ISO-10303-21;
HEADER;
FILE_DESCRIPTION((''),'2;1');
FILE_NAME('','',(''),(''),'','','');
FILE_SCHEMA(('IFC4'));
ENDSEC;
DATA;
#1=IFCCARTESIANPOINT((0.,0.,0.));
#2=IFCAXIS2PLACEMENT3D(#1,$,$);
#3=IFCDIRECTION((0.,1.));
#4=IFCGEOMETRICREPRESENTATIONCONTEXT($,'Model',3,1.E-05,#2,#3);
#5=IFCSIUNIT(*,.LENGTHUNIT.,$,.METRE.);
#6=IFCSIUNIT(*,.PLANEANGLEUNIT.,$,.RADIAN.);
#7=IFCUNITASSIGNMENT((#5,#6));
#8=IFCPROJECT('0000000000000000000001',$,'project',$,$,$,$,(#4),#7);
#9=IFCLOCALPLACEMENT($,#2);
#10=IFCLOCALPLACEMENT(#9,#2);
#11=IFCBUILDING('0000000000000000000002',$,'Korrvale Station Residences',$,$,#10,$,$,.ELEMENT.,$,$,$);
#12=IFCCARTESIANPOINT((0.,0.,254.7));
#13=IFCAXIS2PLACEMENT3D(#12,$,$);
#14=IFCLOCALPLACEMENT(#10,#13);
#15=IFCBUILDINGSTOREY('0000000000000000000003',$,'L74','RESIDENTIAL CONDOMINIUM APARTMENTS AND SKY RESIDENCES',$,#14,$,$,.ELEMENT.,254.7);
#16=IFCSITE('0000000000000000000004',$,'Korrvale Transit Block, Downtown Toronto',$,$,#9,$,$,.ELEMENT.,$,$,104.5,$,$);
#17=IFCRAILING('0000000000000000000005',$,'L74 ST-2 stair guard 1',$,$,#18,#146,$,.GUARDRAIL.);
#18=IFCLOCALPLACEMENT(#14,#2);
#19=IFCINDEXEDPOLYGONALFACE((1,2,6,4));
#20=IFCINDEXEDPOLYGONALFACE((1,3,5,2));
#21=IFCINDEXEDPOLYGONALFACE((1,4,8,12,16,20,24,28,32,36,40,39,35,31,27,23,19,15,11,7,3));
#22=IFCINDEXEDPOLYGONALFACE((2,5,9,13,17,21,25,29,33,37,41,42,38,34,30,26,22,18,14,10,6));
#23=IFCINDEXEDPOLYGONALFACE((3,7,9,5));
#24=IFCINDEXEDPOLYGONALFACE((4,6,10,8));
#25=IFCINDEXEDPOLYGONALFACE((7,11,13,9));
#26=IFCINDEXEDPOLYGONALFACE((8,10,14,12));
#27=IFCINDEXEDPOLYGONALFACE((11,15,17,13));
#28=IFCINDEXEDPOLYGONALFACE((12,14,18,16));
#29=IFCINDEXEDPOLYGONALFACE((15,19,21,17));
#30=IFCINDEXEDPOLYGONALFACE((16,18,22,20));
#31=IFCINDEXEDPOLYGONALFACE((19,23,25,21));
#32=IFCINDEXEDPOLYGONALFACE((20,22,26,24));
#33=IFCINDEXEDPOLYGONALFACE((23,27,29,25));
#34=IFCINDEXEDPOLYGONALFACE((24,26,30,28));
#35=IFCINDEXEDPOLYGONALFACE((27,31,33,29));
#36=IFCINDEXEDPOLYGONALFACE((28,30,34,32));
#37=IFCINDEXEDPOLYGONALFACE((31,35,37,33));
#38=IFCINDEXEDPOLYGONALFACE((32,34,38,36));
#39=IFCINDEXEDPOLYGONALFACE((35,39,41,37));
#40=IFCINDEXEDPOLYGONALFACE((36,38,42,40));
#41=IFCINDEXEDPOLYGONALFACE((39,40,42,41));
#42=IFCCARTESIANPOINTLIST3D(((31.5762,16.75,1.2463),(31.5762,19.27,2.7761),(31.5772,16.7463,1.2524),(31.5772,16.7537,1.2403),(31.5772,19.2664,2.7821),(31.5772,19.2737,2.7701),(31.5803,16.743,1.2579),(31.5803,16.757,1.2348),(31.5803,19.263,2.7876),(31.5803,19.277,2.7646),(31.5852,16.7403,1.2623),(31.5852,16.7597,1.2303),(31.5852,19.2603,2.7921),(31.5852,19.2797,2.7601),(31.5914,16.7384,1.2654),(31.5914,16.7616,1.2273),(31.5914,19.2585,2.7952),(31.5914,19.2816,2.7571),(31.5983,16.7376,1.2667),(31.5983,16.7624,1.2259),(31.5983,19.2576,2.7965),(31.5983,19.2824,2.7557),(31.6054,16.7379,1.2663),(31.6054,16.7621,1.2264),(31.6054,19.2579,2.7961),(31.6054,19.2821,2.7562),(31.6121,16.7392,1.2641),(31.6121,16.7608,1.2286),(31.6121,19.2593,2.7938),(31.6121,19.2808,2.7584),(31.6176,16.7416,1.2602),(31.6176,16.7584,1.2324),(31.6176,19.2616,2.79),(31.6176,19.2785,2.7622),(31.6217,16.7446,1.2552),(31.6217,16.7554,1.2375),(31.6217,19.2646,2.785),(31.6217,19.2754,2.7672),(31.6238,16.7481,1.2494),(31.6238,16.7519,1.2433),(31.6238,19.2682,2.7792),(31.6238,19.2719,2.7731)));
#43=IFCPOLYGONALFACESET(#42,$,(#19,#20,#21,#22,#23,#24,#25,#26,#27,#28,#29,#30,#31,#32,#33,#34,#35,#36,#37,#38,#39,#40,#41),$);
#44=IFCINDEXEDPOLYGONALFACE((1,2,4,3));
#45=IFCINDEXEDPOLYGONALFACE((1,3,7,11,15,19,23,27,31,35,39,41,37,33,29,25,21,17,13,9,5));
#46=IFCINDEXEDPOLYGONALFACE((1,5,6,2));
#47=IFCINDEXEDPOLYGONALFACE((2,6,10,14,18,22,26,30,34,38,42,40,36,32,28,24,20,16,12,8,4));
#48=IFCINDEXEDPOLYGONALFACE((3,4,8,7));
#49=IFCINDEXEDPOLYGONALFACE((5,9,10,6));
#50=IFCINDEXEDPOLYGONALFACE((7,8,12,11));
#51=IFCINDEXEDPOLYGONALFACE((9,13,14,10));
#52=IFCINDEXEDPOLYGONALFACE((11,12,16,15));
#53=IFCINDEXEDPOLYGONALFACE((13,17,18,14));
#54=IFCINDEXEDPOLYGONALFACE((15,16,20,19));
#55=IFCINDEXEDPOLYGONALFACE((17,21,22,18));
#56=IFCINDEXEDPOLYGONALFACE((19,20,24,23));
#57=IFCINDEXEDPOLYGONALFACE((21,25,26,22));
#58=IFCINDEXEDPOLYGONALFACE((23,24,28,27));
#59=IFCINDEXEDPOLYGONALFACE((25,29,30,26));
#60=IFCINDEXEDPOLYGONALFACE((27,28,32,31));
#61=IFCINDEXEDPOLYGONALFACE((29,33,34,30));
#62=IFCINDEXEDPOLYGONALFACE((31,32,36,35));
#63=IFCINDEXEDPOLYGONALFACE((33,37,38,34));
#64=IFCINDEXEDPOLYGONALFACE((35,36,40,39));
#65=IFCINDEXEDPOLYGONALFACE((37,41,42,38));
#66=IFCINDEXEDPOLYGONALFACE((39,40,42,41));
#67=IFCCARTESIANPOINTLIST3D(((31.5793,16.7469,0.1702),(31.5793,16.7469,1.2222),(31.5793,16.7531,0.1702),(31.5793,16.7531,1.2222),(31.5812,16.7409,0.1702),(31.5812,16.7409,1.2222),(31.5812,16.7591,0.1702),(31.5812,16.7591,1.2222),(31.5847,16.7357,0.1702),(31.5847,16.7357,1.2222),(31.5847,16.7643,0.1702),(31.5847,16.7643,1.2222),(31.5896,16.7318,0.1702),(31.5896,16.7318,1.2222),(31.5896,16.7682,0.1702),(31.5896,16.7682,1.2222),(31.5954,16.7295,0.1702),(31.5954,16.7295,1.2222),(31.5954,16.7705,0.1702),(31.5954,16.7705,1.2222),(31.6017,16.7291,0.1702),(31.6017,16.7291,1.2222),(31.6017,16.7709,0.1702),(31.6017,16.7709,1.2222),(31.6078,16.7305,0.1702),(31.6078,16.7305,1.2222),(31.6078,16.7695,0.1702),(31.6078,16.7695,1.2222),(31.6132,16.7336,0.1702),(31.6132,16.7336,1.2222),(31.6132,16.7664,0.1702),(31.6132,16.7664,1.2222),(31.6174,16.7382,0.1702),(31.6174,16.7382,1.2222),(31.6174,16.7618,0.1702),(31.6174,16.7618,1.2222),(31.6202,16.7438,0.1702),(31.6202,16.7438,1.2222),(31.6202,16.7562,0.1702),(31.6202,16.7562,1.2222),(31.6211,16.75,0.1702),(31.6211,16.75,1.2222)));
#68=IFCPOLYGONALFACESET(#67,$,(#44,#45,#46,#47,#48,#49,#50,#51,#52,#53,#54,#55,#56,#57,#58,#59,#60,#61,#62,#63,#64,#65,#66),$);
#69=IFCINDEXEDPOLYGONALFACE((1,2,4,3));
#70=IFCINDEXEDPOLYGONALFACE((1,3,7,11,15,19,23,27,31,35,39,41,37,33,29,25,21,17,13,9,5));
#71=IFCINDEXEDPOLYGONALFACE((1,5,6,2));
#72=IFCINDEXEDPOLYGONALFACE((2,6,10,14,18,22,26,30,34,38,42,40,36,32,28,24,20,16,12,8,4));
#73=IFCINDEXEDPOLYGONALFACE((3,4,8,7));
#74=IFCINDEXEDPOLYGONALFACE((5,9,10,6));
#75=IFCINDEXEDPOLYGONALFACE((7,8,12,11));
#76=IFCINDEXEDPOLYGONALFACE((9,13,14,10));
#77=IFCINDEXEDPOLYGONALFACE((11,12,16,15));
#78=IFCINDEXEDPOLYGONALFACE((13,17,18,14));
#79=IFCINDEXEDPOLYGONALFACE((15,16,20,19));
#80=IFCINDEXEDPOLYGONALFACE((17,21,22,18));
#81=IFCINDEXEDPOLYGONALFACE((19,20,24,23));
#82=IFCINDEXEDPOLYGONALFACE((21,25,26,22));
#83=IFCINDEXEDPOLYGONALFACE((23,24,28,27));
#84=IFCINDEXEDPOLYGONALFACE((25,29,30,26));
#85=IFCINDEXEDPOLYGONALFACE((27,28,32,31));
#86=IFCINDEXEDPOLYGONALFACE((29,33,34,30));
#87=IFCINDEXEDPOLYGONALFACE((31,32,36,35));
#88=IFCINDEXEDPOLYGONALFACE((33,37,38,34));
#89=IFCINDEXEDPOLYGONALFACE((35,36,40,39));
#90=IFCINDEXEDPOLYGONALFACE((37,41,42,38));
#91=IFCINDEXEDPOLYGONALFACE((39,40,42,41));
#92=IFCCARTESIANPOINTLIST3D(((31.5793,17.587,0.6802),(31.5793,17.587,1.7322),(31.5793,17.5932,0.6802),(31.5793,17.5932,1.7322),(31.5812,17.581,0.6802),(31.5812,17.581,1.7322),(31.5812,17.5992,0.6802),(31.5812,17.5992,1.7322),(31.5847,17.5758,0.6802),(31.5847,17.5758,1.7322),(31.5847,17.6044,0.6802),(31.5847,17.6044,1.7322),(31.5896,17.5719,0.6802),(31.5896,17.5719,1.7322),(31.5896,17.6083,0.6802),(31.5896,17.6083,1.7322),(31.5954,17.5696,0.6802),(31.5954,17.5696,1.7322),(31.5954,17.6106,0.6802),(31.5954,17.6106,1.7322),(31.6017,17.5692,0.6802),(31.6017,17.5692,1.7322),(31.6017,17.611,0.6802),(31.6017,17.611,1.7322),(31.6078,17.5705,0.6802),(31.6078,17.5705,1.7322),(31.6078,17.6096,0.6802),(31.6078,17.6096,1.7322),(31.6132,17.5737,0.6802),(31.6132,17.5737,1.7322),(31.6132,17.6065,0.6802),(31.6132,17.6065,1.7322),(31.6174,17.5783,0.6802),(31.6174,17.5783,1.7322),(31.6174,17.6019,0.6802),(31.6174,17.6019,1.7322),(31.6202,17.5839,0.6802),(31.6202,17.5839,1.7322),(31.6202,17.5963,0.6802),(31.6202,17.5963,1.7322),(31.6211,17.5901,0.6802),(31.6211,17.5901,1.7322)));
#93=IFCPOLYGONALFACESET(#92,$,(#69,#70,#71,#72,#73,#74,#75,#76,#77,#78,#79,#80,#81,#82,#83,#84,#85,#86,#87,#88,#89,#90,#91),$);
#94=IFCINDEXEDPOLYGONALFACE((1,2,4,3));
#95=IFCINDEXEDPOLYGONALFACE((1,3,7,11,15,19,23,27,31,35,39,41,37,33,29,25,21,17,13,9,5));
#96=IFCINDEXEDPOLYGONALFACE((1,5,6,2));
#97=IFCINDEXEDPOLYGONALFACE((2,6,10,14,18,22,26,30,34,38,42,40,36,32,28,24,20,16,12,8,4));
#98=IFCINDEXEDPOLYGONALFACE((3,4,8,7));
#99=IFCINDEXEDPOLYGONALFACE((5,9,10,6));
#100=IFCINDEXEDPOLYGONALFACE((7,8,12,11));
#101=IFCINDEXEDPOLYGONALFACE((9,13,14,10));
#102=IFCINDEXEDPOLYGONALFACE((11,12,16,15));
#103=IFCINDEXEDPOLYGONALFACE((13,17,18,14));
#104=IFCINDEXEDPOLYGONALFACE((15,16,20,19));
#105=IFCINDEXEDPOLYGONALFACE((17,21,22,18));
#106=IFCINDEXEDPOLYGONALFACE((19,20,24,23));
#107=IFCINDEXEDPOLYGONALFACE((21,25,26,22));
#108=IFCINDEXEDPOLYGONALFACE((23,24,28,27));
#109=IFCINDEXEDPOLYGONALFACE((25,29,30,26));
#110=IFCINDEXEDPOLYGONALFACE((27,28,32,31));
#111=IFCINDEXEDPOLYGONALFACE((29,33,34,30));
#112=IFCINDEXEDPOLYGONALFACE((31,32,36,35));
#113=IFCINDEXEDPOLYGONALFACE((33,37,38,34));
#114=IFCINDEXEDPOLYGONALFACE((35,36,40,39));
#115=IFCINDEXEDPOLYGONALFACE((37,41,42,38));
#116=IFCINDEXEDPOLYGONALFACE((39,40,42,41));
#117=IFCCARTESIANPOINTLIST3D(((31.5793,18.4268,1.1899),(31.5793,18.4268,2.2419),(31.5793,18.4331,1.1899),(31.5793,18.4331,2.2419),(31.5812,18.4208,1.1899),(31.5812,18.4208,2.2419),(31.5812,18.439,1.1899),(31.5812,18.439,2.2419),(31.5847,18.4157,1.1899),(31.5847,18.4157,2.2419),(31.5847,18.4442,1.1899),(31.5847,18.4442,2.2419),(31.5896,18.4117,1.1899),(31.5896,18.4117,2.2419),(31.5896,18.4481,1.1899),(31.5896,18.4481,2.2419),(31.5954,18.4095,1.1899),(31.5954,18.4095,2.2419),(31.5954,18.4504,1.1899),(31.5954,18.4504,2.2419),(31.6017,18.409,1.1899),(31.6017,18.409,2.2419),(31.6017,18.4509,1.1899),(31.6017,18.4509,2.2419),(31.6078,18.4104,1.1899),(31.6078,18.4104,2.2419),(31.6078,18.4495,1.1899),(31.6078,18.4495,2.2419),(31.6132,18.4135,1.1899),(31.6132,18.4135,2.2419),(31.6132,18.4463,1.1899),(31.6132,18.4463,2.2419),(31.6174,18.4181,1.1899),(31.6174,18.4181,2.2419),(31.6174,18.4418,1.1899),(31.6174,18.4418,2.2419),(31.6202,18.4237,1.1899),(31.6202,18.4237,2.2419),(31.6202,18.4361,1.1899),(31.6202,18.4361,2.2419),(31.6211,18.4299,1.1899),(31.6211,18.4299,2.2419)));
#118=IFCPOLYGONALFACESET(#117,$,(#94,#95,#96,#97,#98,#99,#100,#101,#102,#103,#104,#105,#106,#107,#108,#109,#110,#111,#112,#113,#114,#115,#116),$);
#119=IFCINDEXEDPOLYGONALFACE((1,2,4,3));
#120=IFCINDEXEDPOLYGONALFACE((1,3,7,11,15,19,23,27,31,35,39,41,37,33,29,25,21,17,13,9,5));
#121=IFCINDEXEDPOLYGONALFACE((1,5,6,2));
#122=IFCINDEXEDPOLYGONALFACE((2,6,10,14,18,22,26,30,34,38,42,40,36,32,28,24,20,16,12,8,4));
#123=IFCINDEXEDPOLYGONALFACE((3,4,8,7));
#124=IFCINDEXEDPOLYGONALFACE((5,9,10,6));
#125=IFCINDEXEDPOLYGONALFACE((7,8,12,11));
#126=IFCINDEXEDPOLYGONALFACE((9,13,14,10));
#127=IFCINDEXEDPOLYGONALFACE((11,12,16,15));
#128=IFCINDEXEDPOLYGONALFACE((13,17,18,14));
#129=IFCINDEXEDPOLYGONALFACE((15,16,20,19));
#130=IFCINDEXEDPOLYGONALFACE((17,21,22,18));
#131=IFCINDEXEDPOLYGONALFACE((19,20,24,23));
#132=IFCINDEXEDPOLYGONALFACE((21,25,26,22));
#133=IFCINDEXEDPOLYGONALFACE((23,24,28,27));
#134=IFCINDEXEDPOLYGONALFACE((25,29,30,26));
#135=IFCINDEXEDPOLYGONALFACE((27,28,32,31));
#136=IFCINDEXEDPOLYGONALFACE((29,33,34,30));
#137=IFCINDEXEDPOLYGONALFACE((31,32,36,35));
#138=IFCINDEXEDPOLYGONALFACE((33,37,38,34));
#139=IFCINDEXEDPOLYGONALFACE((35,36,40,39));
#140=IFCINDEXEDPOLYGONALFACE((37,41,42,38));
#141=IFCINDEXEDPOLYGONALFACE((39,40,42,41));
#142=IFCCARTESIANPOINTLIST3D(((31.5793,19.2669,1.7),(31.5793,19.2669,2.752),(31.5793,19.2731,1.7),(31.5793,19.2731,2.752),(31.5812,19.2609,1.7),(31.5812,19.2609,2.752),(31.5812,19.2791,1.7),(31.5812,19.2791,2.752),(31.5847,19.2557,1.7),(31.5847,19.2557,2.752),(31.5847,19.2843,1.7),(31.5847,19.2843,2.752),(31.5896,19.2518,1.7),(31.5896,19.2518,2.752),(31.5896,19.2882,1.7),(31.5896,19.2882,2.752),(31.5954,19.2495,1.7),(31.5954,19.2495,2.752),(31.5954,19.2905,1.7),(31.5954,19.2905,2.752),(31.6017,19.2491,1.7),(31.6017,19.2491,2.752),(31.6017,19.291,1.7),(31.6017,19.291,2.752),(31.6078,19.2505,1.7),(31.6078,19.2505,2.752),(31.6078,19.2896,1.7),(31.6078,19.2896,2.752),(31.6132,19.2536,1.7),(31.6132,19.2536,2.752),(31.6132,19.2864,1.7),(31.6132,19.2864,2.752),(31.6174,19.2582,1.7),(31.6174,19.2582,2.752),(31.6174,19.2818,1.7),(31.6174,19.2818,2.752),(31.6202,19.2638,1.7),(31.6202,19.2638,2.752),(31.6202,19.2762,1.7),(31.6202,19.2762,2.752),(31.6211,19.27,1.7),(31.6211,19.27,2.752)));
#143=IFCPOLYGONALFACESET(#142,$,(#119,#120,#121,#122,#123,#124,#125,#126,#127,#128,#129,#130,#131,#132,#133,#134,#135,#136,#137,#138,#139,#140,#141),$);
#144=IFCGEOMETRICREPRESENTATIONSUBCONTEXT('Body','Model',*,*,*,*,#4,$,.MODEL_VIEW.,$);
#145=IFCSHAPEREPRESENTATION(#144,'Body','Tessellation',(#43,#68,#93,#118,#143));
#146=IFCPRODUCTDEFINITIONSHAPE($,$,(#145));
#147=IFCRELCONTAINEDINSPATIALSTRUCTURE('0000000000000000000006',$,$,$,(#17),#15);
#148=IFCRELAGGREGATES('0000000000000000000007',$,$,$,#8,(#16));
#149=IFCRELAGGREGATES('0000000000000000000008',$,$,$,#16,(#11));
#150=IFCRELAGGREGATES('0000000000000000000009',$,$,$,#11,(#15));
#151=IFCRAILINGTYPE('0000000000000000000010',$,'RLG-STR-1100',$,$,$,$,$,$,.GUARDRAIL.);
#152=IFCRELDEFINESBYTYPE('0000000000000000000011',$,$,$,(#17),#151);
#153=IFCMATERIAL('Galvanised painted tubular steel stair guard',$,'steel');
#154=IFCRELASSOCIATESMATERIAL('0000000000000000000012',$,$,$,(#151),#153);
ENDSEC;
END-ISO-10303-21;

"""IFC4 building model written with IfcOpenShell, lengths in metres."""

from ifc_helpers import new_model, si_unit, direction, frame, origin, origin_2d, place, context, subcontext, project, spatial, circle, extrude, material, type_object, element, save


model = new_model("IFC4")

# Units and contexts
model_context = context("Model", 3, precision=1e-05, world=origin(), true_north=direction((0.0, 1.0)))
body_context = subcontext(model_context, "Body", "Model", "MODEL_VIEW")
ifc_project = project(units=[si_unit("LENGTHUNIT", "METRE"), si_unit("PLANEANGLEUNIT", "RADIAN")], contexts=[model_context])

# Site, building, storey
site_placement = place(None, origin())
site = spatial("IfcSite", under=ifc_project, at=site_placement, Name="Korrvale Transit Block, Downtown Toronto", CompositionType="ELEMENT", RefElevation=104.5)
building_placement = place(site_placement, origin())
building = spatial("IfcBuilding", under=site, at=building_placement, Name="Korrvale Station Residences", CompositionType="ELEMENT")
storey_placement = place(building_placement, frame((0.0, 0.0, 254.7)))
storey = spatial("IfcBuildingStorey", under=building, at=storey_placement, Name="L74", Description="RESIDENTIAL CONDOMINIUM APARTMENTS AND SKY RESIDENCES", CompositionType="ELEMENT", Elevation=254.7)

# Railing
ifc_material_1 = material(Name="Galvanised painted tubular steel stair guard", Category="steel")
railing_type_1 = type_object("IfcRailingType", Name="RLG-STR-1100", PredefinedType="GUARDRAIL", material=ifc_material_1)
railing_1_placement = place(storey_placement, frame((31.6001, 16.75, 0.1702)))
element("IfcRailing", 1, at=railing_1_placement, inside=storey, type_object=railing_type_1, Name="L74 ST-2 stair guard 1", PredefinedType="GUARDRAIL", context=body_context, shape_type="SweptSolid", body=[
    extrude(circle(Radius=0.0239, at=origin_2d()), frame((0.0, 0.0, 1.0762), z_axis=(0.0, 0.854822, 0.518922), x_axis=(-1.0, 0.0, 0.0)), (0.0, 0.0, 1.0), 2.948),
    extrude(circle(Radius=0.021, at=origin_2d()), origin(), (0.0, 0.0, 1.0), 1.052),
    extrude(circle(Radius=0.021, at=origin_2d()), frame((0.0, 0.8401, 0.51)), (0.0, 0.0, 1.0), 1.052),
    extrude(circle(Radius=0.021, at=origin_2d()), frame((0.0, 1.6799, 1.0198)), (0.0, 0.0, 1.0), 1.052),
    extrude(circle(Radius=0.021, at=origin_2d()), frame((0.0, 2.52, 1.5298)), (0.0, 0.0, 1.0), 1.052),
])

save(model, "model.ifc")
